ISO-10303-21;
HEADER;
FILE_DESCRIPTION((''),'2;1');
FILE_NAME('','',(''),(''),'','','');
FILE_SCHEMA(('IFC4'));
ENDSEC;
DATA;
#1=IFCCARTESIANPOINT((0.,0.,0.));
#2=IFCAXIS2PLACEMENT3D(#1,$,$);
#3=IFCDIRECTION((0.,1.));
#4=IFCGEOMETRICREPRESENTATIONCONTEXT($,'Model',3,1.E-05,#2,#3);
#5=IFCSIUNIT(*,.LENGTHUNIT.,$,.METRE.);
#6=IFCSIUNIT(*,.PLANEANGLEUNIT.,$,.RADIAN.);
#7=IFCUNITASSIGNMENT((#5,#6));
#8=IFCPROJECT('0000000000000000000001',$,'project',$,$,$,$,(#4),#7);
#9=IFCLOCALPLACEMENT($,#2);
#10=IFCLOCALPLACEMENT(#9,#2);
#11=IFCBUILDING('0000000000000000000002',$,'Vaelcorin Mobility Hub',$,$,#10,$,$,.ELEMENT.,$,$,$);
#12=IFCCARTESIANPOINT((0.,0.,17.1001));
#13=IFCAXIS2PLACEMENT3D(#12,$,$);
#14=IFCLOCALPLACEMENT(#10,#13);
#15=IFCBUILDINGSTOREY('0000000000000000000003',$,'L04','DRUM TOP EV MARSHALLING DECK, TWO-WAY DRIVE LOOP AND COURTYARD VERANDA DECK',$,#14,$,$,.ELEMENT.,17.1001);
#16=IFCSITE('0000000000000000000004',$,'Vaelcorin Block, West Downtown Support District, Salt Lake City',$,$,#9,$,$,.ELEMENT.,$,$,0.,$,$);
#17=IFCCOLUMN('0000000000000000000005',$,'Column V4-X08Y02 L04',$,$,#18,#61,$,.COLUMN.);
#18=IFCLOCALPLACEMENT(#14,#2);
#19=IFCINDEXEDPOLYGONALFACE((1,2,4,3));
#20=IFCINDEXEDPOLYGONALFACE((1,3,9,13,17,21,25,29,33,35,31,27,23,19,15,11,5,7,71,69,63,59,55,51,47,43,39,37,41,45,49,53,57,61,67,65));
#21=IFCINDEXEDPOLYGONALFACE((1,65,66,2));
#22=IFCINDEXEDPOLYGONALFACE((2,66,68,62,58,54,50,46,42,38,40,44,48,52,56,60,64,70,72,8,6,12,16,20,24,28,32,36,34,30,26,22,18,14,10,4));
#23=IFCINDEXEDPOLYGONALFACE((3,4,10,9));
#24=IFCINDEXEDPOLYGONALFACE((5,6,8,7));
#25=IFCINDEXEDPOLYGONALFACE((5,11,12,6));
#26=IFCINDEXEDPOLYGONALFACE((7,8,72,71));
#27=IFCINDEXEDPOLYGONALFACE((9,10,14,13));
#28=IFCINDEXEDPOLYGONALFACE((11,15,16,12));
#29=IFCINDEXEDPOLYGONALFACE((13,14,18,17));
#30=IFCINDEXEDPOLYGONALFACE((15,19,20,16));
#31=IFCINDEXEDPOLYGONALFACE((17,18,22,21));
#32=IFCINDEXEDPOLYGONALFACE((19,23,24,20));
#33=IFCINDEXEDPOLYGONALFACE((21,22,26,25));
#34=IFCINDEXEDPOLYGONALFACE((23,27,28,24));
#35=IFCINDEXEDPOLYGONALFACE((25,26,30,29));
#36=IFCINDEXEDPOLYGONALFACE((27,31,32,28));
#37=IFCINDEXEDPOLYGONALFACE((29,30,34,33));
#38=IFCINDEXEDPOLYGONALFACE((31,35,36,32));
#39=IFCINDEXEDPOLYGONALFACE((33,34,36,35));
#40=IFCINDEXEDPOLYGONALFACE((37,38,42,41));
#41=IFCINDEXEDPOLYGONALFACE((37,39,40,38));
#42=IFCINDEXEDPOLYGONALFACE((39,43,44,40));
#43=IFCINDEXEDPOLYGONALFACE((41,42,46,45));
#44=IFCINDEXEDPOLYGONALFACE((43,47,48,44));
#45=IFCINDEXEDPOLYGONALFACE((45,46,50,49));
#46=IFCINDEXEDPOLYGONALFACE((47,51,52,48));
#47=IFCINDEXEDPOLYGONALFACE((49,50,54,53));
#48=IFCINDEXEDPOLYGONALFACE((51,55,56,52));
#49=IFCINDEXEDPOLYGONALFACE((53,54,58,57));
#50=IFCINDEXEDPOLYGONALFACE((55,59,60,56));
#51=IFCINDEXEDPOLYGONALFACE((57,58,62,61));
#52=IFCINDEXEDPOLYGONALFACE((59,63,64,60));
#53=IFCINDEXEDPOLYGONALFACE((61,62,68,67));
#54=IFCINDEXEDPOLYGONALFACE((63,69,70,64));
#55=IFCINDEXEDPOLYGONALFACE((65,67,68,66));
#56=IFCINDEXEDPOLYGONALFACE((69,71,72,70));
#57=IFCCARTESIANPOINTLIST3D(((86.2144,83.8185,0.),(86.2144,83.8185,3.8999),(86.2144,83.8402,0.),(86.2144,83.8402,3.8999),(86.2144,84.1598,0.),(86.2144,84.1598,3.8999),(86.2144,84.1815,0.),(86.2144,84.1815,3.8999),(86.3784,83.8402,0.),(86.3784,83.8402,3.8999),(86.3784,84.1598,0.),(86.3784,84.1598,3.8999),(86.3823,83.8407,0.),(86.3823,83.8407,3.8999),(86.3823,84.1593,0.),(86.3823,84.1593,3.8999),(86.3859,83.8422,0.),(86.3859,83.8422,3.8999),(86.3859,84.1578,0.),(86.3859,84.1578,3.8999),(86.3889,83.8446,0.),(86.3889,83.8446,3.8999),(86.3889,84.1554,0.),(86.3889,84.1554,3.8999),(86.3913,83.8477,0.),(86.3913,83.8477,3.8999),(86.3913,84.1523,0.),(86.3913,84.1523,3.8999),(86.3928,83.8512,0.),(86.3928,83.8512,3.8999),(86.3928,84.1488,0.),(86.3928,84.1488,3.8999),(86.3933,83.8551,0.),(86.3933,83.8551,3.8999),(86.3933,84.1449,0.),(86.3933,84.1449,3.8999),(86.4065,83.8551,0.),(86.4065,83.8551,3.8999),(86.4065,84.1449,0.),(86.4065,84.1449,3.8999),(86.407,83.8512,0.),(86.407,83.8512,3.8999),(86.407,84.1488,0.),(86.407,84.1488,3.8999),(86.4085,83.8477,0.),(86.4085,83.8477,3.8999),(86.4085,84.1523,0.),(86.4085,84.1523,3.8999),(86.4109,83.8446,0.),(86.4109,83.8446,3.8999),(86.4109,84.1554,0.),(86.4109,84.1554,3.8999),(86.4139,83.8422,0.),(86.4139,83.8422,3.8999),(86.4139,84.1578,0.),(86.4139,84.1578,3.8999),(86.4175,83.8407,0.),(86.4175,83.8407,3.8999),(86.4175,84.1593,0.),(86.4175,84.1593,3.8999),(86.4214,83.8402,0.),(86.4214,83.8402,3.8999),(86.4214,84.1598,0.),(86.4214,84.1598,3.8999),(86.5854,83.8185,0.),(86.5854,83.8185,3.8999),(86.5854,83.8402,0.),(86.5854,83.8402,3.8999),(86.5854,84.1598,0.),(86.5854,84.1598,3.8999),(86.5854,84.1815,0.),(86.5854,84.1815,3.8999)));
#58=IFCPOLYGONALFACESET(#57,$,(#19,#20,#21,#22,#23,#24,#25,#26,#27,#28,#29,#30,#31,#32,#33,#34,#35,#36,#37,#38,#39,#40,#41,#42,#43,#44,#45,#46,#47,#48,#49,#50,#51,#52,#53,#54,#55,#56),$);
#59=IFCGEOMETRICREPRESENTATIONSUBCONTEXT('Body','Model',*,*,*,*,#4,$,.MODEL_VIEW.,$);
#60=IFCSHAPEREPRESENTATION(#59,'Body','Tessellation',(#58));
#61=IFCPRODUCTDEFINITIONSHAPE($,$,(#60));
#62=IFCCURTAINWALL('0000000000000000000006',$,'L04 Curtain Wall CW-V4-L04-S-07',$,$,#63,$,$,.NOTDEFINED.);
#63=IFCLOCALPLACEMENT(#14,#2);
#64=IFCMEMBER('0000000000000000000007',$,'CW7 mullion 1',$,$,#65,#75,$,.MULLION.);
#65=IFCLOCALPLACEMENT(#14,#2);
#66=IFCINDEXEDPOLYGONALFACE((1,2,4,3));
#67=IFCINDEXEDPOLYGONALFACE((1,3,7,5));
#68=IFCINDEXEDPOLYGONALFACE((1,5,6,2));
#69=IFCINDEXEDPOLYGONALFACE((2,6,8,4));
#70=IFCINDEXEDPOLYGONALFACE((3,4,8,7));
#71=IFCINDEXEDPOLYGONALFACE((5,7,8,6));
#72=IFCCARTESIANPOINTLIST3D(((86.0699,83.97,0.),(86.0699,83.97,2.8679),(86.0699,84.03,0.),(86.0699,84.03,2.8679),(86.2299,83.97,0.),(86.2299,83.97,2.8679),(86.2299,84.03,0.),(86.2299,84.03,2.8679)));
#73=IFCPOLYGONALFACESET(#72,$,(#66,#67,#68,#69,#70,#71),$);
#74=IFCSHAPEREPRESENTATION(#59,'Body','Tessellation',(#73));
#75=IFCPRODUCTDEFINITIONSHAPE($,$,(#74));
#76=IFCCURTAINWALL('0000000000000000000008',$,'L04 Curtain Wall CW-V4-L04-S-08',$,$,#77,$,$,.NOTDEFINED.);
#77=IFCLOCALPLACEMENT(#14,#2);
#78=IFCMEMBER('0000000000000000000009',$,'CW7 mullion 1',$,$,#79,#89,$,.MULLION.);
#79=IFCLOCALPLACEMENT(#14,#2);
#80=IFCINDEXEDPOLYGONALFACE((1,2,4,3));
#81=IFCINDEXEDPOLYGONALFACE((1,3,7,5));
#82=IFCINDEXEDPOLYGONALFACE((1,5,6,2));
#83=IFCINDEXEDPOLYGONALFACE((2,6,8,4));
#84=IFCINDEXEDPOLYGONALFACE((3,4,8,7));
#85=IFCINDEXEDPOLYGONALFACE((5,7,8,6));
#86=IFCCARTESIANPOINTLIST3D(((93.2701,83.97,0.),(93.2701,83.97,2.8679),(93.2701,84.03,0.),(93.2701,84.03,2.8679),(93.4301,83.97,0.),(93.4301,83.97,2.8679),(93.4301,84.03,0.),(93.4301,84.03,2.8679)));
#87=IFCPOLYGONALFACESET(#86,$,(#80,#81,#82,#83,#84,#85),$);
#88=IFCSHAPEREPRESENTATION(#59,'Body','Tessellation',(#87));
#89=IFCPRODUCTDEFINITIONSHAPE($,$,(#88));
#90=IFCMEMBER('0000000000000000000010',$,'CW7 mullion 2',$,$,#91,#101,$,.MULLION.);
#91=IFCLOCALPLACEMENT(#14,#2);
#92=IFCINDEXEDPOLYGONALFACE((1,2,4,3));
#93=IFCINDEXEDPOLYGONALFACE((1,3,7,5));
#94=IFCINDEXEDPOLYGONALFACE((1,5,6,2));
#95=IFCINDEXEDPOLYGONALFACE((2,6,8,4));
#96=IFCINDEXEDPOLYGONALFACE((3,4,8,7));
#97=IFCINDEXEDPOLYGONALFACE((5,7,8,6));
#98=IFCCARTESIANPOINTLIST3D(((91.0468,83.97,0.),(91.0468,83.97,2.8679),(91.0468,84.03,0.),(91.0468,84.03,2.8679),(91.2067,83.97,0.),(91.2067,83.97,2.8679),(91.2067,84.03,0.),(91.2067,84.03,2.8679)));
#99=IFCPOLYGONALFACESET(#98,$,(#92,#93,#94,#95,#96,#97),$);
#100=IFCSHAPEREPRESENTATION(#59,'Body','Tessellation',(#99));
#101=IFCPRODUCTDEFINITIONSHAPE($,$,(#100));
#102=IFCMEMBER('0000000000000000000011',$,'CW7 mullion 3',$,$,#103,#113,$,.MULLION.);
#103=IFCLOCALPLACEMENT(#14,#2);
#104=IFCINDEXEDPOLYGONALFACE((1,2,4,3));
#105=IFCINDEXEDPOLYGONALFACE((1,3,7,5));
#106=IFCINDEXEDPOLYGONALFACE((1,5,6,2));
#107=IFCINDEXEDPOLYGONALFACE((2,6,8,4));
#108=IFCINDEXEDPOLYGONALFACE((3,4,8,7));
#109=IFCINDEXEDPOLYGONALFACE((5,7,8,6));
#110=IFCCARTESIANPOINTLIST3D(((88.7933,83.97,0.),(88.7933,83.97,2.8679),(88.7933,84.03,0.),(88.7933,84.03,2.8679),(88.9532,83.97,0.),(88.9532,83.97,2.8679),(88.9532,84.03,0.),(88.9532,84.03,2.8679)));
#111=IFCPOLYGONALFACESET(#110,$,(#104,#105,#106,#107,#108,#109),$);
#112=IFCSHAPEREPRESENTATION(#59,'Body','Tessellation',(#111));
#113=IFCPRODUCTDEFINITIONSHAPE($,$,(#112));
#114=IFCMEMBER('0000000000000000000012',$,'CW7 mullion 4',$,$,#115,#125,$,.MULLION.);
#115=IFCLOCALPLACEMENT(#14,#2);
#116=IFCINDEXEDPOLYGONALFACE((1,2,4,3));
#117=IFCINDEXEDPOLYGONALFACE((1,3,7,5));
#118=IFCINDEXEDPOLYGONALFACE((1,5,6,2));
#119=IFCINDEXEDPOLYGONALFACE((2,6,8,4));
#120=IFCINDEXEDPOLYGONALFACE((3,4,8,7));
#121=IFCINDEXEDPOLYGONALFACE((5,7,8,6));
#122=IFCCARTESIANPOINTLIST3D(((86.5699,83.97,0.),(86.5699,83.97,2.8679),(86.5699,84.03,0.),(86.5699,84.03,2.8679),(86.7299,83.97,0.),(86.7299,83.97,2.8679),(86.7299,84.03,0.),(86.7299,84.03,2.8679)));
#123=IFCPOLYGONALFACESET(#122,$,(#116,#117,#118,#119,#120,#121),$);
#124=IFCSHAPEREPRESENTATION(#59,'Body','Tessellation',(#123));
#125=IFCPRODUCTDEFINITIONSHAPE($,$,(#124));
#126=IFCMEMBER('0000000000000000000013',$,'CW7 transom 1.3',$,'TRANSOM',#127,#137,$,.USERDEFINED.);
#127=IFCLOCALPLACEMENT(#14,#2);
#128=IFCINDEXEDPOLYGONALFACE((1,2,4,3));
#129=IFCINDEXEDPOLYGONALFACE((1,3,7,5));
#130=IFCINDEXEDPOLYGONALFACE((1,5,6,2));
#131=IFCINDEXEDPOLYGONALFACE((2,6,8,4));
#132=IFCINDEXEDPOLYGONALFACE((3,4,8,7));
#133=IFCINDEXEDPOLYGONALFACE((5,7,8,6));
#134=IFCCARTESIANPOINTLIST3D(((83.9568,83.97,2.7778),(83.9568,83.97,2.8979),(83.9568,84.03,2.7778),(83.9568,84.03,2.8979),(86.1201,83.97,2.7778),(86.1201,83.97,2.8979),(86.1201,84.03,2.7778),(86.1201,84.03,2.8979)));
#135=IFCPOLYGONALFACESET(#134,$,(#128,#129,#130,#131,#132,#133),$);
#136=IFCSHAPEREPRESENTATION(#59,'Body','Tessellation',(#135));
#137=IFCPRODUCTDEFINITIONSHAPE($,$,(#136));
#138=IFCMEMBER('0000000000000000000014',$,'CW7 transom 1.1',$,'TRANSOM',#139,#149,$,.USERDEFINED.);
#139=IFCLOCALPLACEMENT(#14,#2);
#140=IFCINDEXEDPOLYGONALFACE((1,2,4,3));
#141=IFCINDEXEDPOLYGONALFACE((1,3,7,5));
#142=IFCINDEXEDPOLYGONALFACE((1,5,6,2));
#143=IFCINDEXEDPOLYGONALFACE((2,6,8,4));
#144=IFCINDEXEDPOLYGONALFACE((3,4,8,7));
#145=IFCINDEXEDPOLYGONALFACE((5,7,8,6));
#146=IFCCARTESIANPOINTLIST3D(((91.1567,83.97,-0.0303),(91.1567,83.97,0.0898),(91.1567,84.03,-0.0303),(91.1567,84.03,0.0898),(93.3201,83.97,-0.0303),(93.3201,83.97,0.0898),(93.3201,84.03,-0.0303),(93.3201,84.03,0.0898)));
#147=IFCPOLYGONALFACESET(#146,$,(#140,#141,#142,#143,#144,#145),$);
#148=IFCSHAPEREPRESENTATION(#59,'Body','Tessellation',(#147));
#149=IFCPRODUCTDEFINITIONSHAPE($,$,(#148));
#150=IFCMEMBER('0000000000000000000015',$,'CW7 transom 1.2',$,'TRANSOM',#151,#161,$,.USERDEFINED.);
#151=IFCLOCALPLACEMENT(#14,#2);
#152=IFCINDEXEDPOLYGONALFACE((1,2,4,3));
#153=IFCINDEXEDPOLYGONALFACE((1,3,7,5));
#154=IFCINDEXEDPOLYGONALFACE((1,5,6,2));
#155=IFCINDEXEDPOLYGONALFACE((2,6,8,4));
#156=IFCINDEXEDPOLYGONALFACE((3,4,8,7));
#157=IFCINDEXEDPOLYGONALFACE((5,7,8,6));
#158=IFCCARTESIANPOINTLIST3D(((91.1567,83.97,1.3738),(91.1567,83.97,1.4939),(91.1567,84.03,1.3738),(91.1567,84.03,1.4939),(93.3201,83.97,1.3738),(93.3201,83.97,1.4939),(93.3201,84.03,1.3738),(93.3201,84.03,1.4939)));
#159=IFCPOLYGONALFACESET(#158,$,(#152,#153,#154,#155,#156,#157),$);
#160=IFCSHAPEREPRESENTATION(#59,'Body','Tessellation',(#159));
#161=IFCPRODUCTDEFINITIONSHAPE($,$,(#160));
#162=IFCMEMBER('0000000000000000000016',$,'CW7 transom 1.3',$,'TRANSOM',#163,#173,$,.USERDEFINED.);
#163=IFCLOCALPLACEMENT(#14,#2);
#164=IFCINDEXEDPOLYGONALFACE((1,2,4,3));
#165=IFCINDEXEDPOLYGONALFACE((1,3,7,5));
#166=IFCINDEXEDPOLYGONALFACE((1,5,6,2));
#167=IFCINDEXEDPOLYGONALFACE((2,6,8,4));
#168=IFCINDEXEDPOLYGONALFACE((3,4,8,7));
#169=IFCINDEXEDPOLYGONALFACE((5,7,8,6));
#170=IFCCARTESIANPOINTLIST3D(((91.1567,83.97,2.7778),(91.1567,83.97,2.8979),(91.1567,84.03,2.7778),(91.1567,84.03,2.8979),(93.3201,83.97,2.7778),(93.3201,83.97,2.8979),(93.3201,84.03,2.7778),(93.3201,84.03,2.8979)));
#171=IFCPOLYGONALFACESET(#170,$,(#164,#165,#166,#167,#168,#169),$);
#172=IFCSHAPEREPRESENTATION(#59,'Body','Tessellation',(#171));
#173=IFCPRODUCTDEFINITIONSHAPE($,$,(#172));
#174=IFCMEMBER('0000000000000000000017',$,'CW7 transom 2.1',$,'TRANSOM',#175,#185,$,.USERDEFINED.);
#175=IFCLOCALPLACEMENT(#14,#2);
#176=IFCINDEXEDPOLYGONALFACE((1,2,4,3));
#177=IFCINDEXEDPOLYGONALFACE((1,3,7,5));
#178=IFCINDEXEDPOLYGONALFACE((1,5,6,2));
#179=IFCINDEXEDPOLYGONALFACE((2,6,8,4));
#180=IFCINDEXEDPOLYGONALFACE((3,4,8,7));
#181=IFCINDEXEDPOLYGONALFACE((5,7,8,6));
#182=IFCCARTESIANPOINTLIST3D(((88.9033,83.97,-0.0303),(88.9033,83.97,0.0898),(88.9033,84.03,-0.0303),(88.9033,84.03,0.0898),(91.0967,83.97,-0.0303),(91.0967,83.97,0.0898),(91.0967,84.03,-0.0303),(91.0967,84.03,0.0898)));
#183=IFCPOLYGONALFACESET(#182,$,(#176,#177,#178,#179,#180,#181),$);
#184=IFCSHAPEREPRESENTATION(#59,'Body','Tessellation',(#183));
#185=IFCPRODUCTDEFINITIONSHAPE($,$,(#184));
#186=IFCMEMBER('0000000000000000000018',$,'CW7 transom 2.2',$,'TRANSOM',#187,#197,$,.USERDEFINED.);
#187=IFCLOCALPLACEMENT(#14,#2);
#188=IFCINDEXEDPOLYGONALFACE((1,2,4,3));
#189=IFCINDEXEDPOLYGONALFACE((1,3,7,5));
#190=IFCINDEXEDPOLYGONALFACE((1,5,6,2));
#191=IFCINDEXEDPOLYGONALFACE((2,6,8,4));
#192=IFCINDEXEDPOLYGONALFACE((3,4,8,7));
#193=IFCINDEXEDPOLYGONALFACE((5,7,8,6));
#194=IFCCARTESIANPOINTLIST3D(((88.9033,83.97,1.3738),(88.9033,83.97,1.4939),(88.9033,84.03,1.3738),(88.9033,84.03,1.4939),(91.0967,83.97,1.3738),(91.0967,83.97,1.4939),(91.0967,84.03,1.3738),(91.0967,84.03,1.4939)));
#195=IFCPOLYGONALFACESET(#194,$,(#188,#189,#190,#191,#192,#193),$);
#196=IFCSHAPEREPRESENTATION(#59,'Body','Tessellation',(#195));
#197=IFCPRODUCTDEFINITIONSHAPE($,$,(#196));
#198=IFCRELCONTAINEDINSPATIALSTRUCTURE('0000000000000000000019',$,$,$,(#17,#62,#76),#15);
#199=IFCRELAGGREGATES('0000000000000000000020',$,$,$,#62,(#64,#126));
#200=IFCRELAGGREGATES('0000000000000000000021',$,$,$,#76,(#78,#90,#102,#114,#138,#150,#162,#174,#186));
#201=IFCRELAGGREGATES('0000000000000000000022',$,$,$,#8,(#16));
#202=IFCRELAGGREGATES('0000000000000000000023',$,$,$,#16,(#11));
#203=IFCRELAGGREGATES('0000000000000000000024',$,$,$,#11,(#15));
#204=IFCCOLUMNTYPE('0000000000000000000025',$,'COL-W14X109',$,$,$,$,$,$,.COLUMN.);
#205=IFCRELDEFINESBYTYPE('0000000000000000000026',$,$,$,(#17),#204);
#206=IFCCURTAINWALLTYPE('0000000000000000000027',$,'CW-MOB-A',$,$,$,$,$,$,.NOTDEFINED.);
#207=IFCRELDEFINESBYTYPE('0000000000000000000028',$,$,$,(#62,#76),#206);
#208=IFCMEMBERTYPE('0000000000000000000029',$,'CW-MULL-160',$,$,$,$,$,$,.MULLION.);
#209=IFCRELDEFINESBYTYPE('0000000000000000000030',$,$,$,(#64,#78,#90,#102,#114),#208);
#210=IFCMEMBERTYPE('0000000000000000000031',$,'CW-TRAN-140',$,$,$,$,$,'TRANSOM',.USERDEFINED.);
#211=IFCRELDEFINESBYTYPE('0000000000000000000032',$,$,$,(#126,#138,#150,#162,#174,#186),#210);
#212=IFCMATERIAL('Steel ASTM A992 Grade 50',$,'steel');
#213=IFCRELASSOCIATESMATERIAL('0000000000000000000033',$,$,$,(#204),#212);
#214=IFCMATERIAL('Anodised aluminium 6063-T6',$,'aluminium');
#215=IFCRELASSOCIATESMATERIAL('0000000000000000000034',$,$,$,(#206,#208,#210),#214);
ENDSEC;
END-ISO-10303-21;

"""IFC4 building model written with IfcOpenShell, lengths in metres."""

from ifc_helpers import new_model, si_unit, direction, frame, origin, origin_2d, place, context, subcontext, project, spatial, rectangle, i_section, extrude, material, material_profile, profile_set, type_object, element, aggregate, save


model = new_model("IFC4")

# Units and contexts
model_context = context("Model", 3, precision=1e-05, world=origin(), true_north=direction((0.0, 1.0)))
body_context = subcontext(model_context, "Body", "Model", "MODEL_VIEW")
ifc_project = project(units=[si_unit("LENGTHUNIT", "METRE"), si_unit("PLANEANGLEUNIT", "RADIAN")], contexts=[model_context])

# Site, building, storey
site_placement = place(None, origin())
site = spatial("IfcSite", under=ifc_project, at=site_placement, Name="Vaelcorin Block, West Downtown Support District, Salt Lake City", CompositionType="ELEMENT", RefElevation=0.0)
building_placement = place(site_placement, origin())
building = spatial("IfcBuilding", under=site, at=building_placement, Name="Vaelcorin Mobility Hub", CompositionType="ELEMENT")
storey_placement = place(building_placement, frame((0.0, 0.0, 17.1001)))
storey = spatial("IfcBuildingStorey", under=building, at=storey_placement, Name="L04", Description="DRUM TOP EV MARSHALLING DECK, TWO-WAY DRIVE LOOP AND COURTYARD VERANDA DECK", CompositionType="ELEMENT", Elevation=17.1001)

# Column
ifc_material_1 = material(Name="Steel ASTM A992 Grade 50", Category="steel")
ifc_material_profile_1 = material_profile(ifc_material_1, i_section(OverallWidth=0.3711, OverallDepth=0.363, WebThickness=0.0132, FlangeThickness=0.0217, FilletRadius=0.0149, at=origin_2d()), Name="W14X109")
ifc_profile_set_1 = profile_set([ifc_material_profile_1], Name="Steel ASTM A992 Grade 50")
column_type = type_object("IfcColumnType", Name="COL-W14X109", PredefinedType="COLUMN", material=ifc_profile_set_1)
column_placement = place(storey_placement, frame((86.3999, 84.0, 0.0), z_axis=(0.0, 0.0, 1.0), x_axis=(1.0, 0.0, 0.0)))
element("IfcColumn", 1, at=column_placement, inside=storey, type_object=column_type, Name="Column V4-X08Y02 L04", PredefinedType="COLUMN", context=body_context, shape_type="SweptSolid", body=[
    extrude(i_section(OverallWidth=0.3711, OverallDepth=0.363, WebThickness=0.0132, FlangeThickness=0.0217, FilletRadius=0.0149, at=origin_2d()), origin(), (0.0, 0.0, 1.0), 3.8999),
])

# Curtain wall, member
ifc_material_2 = material(Name="Anodised aluminium 6063-T6", Category="aluminium")
curtain_wall_type = type_object("IfcCurtainWallType", Name="CW-MOB-A", PredefinedType="NOTDEFINED", material=ifc_material_2)
curtain_wall_1_placement = place(storey_placement, origin())
curtain_wall_1 = element("IfcCurtainWall", 2, at=curtain_wall_1_placement, inside=storey, type_object=curtain_wall_type, Name="L04 Curtain Wall CW-V4-L04-S-07", PredefinedType="NOTDEFINED")
ifc_material_profile_2 = material_profile(ifc_material_2, rectangle(XDim=0.0601, YDim=0.1599, at=origin_2d()), Name="ALU-M60X160")
ifc_profile_set_2 = profile_set([ifc_material_profile_2], Name="Anodised aluminium 6063-T6")
member_type_1 = type_object("IfcMemberType", Name="CW-MULL-160", PredefinedType="MULLION", material=ifc_profile_set_2)
member_1_placement = place(storey_placement, frame((86.1499, 84.0, 0.0), z_axis=(0.0, 0.0, 1.0), x_axis=(0.0, -1.0, 0.0)))
member_1 = element("IfcMember", 3, at=member_1_placement, type_object=member_type_1, Name="CW7 mullion 1", PredefinedType="MULLION", context=body_context, shape_type="SweptSolid", body=[
    extrude(rectangle(XDim=0.0601, YDim=0.1599, at=origin_2d()), origin(), (0.0, 0.0, 1.0), 2.8679),
])

# Curtain wall, members
curtain_wall_2_placement = place(storey_placement, origin())
curtain_wall_2 = element("IfcCurtainWall", 4, at=curtain_wall_2_placement, inside=storey, type_object=curtain_wall_type, Name="L04 Curtain Wall CW-V4-L04-S-08", PredefinedType="NOTDEFINED")
member_2_placement = place(storey_placement, frame((93.3501, 84.0, 0.0), z_axis=(0.0, 0.0, 1.0), x_axis=(0.0, -1.0, 0.0)))
member_2 = element("IfcMember", 5, at=member_2_placement, type_object=member_type_1, Name="CW7 mullion 1", PredefinedType="MULLION", context=body_context, shape_type="SweptSolid", body=[
    extrude(rectangle(XDim=0.0601, YDim=0.1599, at=origin_2d()), origin(), (0.0, 0.0, 1.0), 2.8679),
])
member_3_placement = place(storey_placement, frame((91.1267, 84.0, 0.0), z_axis=(0.0, 0.0, 1.0), x_axis=(0.0, -1.0, 0.0)))
member_3 = element("IfcMember", 6, at=member_3_placement, type_object=member_type_1, Name="CW7 mullion 2", PredefinedType="MULLION", context=body_context, shape_type="SweptSolid", body=[
    extrude(rectangle(XDim=0.0601, YDim=0.1599, at=origin_2d()), origin(), (0.0, 0.0, 1.0), 2.8679),
])
member_4_placement = place(storey_placement, frame((88.8733, 84.0, 0.0), z_axis=(0.0, 0.0, 1.0), x_axis=(0.0, -1.0, 0.0)))
member_4 = element("IfcMember", 7, at=member_4_placement, type_object=member_type_1, Name="CW7 mullion 3", PredefinedType="MULLION", context=body_context, shape_type="SweptSolid", body=[
    extrude(rectangle(XDim=0.0601, YDim=0.1599, at=origin_2d()), origin(), (0.0, 0.0, 1.0), 2.8679),
])
member_5_placement = place(storey_placement, frame((86.6499, 84.0, 0.0), z_axis=(0.0, 0.0, 1.0), x_axis=(0.0, -1.0, 0.0)))
member_5 = element("IfcMember", 8, at=member_5_placement, type_object=member_type_1, Name="CW7 mullion 4", PredefinedType="MULLION", context=body_context, shape_type="SweptSolid", body=[
    extrude(rectangle(XDim=0.0601, YDim=0.1599, at=origin_2d()), origin(), (0.0, 0.0, 1.0), 2.8679),
])

# Members
ifc_material_profile_3 = material_profile(ifc_material_2, rectangle(XDim=0.0601, YDim=0.1201, at=origin_2d()), Name="ALU-T60X120")
ifc_profile_set_3 = profile_set([ifc_material_profile_3], Name="Anodised aluminium 6063-T6")
member_type_2 = type_object("IfcMemberType", Name="CW-TRAN-140", ElementType="TRANSOM", PredefinedType="USERDEFINED", material=ifc_profile_set_3)
member_6_placement = place(storey_placement, frame((86.1201, 84.0, 2.8379), z_axis=(-1.0, 0.0, 0.0), x_axis=(0.0, -1.0, 0.0)))
member_6 = element("IfcMember", 9, at=member_6_placement, type_object=member_type_2, Name="CW7 transom 1.3", ObjectType="TRANSOM", PredefinedType="USERDEFINED", context=body_context, shape_type="SweptSolid", body=[
    extrude(rectangle(XDim=0.0601, YDim=0.1201, at=origin_2d()), origin(), (0.0, 0.0, 1.0), 2.1633),
])
aggregate(curtain_wall_1, [member_1, member_6])
member_7_placement = place(storey_placement, frame((93.3201, 84.0, 0.0298), z_axis=(-1.0, 0.0, 0.0), x_axis=(0.0, -1.0, 0.0)))
member_7 = element("IfcMember", 10, at=member_7_placement, type_object=member_type_2, Name="CW7 transom 1.1", ObjectType="TRANSOM", PredefinedType="USERDEFINED", context=body_context, shape_type="SweptSolid", body=[
    extrude(rectangle(XDim=0.0601, YDim=0.1201, at=origin_2d()), origin(), (0.0, 0.0, 1.0), 2.1633),
])
member_8_placement = place(storey_placement, frame((93.3201, 84.0, 1.4338), z_axis=(-1.0, 0.0, 0.0), x_axis=(0.0, -1.0, 0.0)))
member_8 = element("IfcMember", 11, at=member_8_placement, type_object=member_type_2, Name="CW7 transom 1.2", ObjectType="TRANSOM", PredefinedType="USERDEFINED", context=body_context, shape_type="SweptSolid", body=[
    extrude(rectangle(XDim=0.0601, YDim=0.1201, at=origin_2d()), origin(), (0.0, 0.0, 1.0), 2.1633),
])
member_9_placement = place(storey_placement, frame((93.3201, 84.0, 2.8379), z_axis=(-1.0, 0.0, 0.0), x_axis=(0.0, -1.0, 0.0)))
member_9 = element("IfcMember", 12, at=member_9_placement, type_object=member_type_2, Name="CW7 transom 1.3", ObjectType="TRANSOM", PredefinedType="USERDEFINED", context=body_context, shape_type="SweptSolid", body=[
    extrude(rectangle(XDim=0.0601, YDim=0.1201, at=origin_2d()), origin(), (0.0, 0.0, 1.0), 2.1633),
])
member_10_placement = place(storey_placement, frame((91.0967, 84.0, 0.0298), z_axis=(-1.0, 0.0, 0.0), x_axis=(0.0, -1.0, 0.0)))
member_10 = element("IfcMember", 13, at=member_10_placement, type_object=member_type_2, Name="CW7 transom 2.1", ObjectType="TRANSOM", PredefinedType="USERDEFINED", context=body_context, shape_type="SweptSolid", body=[
    extrude(rectangle(XDim=0.0601, YDim=0.1201, at=origin_2d()), origin(), (0.0, 0.0, 1.0), 2.1934),
])
member_11_placement = place(storey_placement, frame((91.0967, 84.0, 1.4338), z_axis=(-1.0, 0.0, 0.0), x_axis=(0.0, -1.0, 0.0)))
member_11 = element("IfcMember", 14, at=member_11_placement, type_object=member_type_2, Name="CW7 transom 2.2", ObjectType="TRANSOM", PredefinedType="USERDEFINED", context=body_context, shape_type="SweptSolid", body=[
    extrude(rectangle(XDim=0.0601, YDim=0.1201, at=origin_2d()), origin(), (0.0, 0.0, 1.0), 2.1934),
])

aggregate(curtain_wall_2, [member_2, member_3, member_4, member_5, member_7, member_8, member_9, member_10, member_11])

save(model, "model.ifc")
